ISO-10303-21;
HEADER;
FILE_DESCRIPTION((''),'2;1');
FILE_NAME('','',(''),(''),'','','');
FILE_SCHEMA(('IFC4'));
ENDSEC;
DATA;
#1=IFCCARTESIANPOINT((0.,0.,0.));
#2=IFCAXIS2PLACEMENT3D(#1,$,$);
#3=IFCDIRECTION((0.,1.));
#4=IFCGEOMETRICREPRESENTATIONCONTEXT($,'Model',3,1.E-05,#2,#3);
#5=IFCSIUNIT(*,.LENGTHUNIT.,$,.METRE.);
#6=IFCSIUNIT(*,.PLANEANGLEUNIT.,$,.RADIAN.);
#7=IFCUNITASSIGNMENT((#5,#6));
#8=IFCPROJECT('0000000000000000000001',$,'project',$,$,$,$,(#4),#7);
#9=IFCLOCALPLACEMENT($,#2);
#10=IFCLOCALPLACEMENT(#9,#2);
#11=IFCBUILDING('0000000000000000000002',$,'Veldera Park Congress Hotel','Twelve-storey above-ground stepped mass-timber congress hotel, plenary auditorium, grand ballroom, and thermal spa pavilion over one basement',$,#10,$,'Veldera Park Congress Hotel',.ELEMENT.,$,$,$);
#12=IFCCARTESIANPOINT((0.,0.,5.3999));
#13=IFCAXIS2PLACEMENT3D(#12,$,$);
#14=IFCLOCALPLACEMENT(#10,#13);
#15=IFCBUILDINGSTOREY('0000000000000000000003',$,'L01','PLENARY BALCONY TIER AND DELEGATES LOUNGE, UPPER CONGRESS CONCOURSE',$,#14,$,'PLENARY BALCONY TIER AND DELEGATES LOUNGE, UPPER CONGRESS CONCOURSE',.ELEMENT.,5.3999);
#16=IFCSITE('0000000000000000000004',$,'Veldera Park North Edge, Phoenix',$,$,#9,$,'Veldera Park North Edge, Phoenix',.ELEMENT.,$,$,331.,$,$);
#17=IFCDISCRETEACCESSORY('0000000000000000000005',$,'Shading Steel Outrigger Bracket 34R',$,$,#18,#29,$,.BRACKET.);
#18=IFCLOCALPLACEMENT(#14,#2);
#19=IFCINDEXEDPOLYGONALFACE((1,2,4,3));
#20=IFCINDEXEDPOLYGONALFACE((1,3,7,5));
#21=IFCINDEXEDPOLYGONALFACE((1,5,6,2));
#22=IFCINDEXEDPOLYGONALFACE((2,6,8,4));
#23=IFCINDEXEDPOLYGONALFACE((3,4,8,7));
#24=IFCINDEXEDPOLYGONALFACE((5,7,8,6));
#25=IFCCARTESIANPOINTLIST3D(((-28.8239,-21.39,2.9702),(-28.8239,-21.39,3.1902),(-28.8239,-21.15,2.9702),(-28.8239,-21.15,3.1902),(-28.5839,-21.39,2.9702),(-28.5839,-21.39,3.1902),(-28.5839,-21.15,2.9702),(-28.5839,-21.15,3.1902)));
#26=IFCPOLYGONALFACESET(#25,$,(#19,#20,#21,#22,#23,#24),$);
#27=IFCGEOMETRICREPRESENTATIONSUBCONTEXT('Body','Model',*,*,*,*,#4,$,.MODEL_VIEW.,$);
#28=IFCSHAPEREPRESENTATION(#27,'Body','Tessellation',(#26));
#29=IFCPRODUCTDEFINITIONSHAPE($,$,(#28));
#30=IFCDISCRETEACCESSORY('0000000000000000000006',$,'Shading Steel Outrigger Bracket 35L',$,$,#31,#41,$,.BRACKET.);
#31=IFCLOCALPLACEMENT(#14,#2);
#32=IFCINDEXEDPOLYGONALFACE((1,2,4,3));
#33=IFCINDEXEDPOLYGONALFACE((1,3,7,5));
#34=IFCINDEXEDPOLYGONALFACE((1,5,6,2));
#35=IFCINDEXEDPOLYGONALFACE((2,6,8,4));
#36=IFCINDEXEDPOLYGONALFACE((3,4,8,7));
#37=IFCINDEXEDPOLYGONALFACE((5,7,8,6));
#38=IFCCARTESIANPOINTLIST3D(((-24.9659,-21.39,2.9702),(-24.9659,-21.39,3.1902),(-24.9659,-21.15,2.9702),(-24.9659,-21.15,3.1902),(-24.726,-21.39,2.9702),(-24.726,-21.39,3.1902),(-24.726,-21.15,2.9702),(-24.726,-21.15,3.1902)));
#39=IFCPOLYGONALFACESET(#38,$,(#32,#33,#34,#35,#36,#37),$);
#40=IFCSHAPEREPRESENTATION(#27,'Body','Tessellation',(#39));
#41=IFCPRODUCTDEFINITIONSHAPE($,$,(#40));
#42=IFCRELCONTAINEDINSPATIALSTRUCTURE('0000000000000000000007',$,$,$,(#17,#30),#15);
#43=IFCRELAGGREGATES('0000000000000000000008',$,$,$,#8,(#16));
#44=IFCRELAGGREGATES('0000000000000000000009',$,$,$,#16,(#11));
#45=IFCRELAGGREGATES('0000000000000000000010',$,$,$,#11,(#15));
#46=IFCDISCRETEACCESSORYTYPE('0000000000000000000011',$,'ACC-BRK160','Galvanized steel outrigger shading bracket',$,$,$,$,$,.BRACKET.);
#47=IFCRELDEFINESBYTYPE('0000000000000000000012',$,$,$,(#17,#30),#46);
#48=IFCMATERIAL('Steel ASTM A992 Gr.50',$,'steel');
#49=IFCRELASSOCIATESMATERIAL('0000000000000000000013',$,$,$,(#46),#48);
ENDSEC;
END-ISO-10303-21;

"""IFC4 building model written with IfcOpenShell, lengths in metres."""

from ifc_helpers import new_model, si_unit, direction, frame, origin, origin_2d, place, context, subcontext, project, spatial, rectangle, extrude, material, type_object, element, save


model = new_model("IFC4")

# Units and contexts
model_context = context("Model", 3, precision=1e-05, world=origin(), true_north=direction((0.0, 1.0)))
body_context = subcontext(model_context, "Body", "Model", "MODEL_VIEW")
ifc_project = project(units=[si_unit("LENGTHUNIT", "METRE"), si_unit("PLANEANGLEUNIT", "RADIAN")], contexts=[model_context])

# Site, building, storey
site_placement = place(None, origin())
site = spatial("IfcSite", under=ifc_project, at=site_placement, Name="Veldera Park North Edge, Phoenix", LongName="Veldera Park North Edge, Phoenix", CompositionType="ELEMENT", RefElevation=331.0)
building_placement = place(site_placement, origin())
building = spatial("IfcBuilding", under=site, at=building_placement, Name="Veldera Park Congress Hotel", Description="Twelve-storey above-ground stepped mass-timber congress hotel, plenary auditorium, grand ballroom, and thermal spa pavilion over one basement", LongName="Veldera Park Congress Hotel", CompositionType="ELEMENT")
storey_placement = place(building_placement, frame((0.0, 0.0, 5.3999)))
storey = spatial("IfcBuildingStorey", under=building, at=storey_placement, Name="L01", Description="PLENARY BALCONY TIER AND DELEGATES LOUNGE, UPPER CONGRESS CONCOURSE", LongName="PLENARY BALCONY TIER AND DELEGATES LOUNGE, UPPER CONGRESS CONCOURSE", CompositionType="ELEMENT", Elevation=5.3999)

# Shared definitions
ifc_material_1 = material(Name="Steel ASTM A992 Gr.50", Category="steel")

# Discrete accessories
discrete_accessory_type = type_object("IfcDiscreteAccessoryType", Name="ACC-BRK160", Description="Galvanized steel outrigger shading bracket", PredefinedType="BRACKET", material=ifc_material_1)
for number, where, z_axis, x_axis, name in (
    (1, (-28.7039, -21.27, 2.9702), (0.0, 0.0, 1.0), (1.0, 0.0, 0.0), "Shading Steel Outrigger Bracket 34R"),
    (2, (-24.8459, -21.27, 2.9702), (0.0, 0.0, 1.0), (1.0, 0.0, 0.0), "Shading Steel Outrigger Bracket 35L"),
):
    element("IfcDiscreteAccessory", number, at=place(storey_placement, frame(where, z_axis=z_axis, x_axis=x_axis)), inside=storey, type_object=discrete_accessory_type, Name=name, PredefinedType="BRACKET", context=body_context, shape_type="SweptSolid", body=[
        extrude(rectangle(XDim=0.24, YDim=0.24, at=origin_2d()), origin(), (0.0, 0.0, 1.0), 0.22),
    ])

save(model, "model.ifc")
